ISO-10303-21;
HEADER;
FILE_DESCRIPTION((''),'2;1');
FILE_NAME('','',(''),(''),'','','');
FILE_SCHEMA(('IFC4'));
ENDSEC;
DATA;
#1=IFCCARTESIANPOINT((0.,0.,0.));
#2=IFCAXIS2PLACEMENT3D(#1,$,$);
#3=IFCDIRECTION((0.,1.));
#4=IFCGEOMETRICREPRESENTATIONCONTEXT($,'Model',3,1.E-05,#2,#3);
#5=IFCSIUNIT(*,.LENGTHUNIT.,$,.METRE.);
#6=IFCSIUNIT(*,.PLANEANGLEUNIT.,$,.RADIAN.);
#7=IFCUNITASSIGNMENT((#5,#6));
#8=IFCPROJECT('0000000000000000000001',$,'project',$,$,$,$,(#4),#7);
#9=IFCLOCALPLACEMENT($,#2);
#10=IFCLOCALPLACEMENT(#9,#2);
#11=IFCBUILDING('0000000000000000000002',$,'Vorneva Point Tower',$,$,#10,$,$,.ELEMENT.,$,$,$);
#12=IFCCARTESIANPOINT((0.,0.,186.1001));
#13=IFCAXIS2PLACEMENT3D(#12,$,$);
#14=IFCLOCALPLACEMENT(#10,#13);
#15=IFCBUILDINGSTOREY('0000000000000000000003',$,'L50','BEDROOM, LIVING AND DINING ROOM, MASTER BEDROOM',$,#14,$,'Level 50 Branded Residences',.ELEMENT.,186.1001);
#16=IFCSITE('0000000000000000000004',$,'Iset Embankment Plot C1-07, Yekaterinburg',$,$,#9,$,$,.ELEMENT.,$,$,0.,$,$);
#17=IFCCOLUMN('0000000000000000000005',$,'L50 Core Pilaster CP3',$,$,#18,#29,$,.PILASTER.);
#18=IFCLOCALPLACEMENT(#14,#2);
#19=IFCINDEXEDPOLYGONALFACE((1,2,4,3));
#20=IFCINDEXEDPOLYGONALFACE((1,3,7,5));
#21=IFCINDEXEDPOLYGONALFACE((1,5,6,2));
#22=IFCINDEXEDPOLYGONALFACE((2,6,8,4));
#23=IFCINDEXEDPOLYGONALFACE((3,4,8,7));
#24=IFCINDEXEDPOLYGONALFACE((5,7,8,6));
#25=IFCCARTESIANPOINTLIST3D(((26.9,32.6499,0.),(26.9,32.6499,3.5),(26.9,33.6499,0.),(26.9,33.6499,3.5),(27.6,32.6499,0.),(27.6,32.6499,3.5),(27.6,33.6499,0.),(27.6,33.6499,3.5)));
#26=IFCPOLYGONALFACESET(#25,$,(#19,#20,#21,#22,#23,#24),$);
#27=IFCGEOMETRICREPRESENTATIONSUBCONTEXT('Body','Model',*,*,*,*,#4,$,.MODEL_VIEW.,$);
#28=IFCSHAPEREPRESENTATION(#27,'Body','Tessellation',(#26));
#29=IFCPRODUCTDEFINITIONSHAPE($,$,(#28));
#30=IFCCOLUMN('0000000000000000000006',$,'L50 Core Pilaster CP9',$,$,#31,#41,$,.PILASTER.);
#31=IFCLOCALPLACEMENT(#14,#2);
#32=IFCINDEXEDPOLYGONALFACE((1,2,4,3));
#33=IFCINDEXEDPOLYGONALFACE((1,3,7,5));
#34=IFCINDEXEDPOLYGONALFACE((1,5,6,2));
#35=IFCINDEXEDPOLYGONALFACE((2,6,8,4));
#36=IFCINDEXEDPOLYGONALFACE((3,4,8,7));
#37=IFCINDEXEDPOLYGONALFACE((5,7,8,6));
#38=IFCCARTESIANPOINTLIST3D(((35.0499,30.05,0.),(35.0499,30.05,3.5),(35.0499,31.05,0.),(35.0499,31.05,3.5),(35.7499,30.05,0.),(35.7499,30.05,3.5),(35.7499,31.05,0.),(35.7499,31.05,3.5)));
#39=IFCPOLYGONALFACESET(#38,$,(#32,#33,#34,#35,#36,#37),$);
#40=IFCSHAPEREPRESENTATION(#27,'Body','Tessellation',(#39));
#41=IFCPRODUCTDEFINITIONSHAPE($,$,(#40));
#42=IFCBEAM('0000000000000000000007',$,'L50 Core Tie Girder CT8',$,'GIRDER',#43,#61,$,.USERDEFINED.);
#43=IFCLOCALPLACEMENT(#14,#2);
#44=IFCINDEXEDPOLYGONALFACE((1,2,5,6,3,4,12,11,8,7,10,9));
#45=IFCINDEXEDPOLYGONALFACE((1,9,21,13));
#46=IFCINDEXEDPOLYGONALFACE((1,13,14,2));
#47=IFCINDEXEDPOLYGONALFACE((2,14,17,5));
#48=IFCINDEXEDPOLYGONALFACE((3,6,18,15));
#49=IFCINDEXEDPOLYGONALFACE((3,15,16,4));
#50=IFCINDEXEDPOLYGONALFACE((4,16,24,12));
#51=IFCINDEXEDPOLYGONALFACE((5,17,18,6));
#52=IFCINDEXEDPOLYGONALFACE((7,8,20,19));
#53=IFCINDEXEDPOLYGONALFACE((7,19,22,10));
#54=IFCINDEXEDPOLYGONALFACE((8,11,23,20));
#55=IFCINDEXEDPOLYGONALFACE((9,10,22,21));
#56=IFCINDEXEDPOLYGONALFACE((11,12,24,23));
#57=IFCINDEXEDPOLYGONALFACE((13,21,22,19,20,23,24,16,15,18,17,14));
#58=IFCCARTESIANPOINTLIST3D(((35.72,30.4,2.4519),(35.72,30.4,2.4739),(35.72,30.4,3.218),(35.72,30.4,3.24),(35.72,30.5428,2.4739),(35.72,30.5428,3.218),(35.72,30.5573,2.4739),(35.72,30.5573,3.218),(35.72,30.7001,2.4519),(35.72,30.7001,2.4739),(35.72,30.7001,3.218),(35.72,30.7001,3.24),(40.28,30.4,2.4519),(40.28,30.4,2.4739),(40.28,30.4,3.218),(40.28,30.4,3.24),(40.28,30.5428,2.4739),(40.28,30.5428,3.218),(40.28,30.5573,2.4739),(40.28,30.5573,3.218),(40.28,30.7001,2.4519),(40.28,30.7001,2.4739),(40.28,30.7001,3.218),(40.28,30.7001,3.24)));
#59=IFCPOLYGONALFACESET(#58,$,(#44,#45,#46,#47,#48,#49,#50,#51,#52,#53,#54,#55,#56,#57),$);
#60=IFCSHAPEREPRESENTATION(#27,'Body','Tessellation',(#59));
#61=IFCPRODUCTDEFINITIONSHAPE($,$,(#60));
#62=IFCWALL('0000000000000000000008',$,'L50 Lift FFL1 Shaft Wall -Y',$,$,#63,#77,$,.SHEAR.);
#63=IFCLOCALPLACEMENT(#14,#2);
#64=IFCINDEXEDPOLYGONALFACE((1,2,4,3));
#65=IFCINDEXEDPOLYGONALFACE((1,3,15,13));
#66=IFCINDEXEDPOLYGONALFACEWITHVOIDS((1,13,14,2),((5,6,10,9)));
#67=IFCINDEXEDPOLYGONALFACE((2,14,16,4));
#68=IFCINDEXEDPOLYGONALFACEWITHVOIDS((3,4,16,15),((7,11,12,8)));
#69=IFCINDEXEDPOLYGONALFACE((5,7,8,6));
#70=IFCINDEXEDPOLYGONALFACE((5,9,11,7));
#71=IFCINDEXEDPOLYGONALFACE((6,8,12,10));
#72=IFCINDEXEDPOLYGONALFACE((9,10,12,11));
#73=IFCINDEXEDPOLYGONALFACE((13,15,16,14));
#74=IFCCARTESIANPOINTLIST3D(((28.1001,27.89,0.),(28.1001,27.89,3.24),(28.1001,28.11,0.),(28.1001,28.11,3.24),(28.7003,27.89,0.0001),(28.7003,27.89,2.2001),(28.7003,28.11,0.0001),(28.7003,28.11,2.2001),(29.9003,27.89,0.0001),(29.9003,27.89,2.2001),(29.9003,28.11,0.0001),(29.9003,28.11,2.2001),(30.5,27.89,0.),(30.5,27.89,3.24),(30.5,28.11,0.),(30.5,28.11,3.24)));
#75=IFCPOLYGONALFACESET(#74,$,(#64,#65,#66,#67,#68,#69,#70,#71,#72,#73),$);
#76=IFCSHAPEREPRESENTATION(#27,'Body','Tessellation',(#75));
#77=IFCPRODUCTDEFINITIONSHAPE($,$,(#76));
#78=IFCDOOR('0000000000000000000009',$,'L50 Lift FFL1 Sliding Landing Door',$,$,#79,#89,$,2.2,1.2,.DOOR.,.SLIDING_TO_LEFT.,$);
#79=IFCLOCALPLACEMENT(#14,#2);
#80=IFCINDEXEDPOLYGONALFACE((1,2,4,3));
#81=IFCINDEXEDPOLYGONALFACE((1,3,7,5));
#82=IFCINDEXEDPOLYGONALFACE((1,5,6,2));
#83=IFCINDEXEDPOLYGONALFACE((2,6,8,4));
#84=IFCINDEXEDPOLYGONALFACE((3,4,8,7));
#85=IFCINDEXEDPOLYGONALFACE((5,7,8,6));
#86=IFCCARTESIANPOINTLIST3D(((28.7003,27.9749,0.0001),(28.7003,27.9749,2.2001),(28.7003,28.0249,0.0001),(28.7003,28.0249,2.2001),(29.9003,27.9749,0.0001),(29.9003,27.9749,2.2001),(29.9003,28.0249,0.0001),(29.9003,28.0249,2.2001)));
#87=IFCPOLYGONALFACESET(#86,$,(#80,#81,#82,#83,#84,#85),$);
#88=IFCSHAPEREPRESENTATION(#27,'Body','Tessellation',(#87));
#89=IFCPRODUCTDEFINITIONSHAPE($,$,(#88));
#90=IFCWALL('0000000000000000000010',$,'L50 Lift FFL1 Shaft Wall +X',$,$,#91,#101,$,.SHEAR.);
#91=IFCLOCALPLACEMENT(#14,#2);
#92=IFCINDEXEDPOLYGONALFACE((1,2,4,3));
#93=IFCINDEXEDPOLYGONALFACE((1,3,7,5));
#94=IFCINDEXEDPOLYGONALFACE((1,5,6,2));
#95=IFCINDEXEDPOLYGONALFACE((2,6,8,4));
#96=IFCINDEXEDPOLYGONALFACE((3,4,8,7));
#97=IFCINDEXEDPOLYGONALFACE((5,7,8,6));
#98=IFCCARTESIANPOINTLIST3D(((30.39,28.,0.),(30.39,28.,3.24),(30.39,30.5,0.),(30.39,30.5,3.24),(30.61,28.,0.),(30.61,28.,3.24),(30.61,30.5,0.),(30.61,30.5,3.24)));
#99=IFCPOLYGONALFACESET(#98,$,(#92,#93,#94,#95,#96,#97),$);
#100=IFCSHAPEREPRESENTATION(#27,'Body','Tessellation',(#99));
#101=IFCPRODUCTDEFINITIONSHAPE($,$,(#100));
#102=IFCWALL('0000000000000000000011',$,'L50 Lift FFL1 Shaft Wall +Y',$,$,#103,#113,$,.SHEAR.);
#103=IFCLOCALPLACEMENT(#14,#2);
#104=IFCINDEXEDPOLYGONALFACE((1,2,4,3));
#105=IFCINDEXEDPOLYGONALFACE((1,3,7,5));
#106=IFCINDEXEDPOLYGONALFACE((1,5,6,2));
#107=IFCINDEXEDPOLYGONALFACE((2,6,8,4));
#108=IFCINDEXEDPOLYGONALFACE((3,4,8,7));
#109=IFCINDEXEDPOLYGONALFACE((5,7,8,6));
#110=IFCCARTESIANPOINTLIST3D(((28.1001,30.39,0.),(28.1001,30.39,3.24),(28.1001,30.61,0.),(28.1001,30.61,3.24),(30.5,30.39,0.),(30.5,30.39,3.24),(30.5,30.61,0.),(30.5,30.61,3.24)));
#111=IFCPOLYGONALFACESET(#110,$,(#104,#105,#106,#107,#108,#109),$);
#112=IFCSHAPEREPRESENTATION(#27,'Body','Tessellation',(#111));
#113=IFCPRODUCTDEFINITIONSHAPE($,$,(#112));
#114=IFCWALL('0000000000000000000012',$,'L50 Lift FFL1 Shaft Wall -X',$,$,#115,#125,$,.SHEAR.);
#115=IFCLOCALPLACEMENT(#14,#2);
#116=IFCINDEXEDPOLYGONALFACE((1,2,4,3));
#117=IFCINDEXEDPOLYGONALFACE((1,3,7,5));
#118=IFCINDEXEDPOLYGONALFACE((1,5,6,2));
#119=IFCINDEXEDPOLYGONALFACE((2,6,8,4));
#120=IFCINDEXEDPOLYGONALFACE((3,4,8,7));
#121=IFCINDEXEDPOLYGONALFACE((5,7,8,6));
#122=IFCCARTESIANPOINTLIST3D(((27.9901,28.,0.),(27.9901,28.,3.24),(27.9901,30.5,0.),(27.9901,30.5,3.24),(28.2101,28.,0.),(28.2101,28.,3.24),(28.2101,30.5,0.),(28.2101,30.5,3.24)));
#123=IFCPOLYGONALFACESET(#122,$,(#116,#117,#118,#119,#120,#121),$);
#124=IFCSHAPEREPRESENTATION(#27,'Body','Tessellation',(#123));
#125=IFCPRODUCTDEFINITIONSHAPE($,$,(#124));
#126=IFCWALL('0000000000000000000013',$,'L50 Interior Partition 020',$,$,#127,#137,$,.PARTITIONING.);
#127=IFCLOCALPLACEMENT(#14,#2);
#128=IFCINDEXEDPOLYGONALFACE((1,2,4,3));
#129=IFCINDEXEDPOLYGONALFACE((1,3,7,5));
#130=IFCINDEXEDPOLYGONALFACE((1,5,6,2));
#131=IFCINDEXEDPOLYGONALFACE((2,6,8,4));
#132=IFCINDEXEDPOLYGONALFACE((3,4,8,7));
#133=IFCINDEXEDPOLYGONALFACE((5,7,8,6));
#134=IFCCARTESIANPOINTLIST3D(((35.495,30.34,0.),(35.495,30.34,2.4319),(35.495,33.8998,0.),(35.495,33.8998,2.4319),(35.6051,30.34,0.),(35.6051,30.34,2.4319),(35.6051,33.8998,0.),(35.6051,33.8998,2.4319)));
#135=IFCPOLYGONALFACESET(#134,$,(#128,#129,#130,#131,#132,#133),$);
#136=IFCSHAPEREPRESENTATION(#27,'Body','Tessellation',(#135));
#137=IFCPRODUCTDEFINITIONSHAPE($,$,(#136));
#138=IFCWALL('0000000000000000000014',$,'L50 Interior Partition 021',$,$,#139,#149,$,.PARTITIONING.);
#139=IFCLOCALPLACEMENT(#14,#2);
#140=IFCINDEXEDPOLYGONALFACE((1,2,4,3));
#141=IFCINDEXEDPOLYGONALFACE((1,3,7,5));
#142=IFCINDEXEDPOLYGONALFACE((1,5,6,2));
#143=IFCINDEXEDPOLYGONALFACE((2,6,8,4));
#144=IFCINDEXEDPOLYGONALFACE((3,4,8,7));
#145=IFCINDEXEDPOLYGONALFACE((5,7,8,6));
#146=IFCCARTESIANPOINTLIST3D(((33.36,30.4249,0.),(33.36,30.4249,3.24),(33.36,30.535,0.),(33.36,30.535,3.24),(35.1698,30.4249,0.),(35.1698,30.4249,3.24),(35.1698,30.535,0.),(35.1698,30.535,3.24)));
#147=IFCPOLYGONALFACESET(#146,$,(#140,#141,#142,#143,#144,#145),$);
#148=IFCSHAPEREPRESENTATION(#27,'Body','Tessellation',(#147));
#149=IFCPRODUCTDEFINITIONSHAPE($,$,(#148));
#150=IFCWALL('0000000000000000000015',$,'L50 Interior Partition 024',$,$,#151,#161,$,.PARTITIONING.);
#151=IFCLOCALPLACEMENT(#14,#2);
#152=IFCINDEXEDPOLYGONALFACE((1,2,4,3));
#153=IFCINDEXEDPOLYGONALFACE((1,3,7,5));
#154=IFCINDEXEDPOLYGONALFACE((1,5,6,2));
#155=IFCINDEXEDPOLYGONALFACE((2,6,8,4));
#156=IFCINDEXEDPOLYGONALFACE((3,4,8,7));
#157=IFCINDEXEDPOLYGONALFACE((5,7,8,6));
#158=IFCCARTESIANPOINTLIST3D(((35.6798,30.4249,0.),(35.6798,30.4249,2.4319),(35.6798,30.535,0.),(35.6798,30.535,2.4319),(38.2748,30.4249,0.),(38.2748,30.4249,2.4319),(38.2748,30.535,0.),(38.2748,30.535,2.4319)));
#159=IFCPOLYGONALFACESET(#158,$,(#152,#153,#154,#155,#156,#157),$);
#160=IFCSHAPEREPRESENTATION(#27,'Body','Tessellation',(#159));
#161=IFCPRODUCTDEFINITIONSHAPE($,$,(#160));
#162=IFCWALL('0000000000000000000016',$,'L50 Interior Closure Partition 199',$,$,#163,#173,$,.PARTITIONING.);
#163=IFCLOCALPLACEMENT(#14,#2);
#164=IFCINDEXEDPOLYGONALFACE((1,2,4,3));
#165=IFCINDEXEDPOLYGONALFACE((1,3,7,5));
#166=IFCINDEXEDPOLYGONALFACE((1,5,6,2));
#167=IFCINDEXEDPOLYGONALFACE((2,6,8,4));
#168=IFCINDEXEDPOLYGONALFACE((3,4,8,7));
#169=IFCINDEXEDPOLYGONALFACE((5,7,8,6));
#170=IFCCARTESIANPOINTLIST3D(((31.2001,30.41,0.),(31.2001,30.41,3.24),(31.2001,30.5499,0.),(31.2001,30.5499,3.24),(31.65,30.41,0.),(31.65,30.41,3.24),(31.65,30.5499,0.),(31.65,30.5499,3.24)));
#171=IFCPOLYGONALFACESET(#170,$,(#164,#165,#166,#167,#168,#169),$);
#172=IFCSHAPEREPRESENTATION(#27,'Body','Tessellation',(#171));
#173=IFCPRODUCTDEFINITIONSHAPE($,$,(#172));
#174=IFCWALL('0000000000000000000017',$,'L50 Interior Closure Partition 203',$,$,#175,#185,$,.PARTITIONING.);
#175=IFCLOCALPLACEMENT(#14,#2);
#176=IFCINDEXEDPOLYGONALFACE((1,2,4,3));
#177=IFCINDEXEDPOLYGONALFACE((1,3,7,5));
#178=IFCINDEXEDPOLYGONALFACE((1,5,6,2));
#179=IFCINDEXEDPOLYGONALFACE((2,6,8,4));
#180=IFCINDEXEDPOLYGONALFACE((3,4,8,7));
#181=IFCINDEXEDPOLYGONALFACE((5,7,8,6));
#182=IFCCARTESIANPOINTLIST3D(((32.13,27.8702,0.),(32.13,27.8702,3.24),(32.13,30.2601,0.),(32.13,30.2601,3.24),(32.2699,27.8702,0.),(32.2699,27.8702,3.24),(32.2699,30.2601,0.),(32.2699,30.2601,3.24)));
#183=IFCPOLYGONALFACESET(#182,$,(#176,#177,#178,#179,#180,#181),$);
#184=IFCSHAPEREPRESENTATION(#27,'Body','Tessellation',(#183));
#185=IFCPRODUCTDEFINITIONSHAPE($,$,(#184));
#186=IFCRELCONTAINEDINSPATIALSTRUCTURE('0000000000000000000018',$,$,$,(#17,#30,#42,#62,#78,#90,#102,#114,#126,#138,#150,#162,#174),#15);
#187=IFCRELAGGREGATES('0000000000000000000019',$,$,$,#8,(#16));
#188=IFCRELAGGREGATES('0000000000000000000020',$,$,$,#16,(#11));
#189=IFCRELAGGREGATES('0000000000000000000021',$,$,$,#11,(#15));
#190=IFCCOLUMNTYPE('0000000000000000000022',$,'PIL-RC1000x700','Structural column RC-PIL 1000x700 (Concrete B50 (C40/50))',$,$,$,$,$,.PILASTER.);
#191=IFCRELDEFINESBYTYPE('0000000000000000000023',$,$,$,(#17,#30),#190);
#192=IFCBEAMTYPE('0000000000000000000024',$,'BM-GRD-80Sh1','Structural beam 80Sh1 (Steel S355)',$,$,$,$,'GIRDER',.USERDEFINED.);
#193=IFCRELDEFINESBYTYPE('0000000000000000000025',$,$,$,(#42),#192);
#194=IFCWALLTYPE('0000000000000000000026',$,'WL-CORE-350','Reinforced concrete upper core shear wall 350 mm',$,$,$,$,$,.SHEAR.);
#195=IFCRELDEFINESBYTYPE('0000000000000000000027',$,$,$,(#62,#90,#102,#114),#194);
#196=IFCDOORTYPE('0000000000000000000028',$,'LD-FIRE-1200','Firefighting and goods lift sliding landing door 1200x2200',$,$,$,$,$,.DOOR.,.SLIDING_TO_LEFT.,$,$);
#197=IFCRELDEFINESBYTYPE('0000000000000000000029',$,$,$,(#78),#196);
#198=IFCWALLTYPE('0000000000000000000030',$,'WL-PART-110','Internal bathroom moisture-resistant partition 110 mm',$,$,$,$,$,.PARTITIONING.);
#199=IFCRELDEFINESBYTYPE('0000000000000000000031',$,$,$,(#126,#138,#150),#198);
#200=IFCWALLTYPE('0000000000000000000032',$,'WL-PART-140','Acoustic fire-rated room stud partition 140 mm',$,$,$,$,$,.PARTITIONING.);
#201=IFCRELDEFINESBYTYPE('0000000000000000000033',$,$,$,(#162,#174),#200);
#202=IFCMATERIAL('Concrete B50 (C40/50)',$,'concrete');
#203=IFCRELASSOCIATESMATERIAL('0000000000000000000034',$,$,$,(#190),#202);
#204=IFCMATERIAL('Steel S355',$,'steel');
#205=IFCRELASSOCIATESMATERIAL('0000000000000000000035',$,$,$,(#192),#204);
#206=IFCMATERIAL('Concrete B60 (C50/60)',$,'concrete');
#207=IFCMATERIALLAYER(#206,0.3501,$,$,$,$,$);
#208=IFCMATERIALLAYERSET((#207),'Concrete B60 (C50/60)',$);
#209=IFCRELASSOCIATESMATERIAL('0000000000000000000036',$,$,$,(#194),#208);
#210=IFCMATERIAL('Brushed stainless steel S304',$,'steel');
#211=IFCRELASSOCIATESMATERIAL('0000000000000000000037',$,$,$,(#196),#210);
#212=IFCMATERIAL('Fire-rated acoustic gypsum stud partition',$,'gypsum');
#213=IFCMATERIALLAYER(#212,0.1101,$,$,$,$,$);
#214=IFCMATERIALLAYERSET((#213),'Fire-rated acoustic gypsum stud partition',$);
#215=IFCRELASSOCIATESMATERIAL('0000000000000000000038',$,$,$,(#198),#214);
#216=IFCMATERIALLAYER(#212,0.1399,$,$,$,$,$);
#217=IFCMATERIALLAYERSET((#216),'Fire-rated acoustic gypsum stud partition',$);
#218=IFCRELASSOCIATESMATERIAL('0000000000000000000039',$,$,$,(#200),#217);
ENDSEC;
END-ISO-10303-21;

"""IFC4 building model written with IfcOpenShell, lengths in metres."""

from ifc_helpers import new_model, si_unit, direction, frame, frame_2d, origin, origin_2d, place, context, subcontext, project, spatial, rectangle, i_section, extrude, material, layer, layer_set, material_profile, profile_set, type_object, element, fill, save


model = new_model("IFC4")

# Units and contexts
model_context = context("Model", 3, precision=1e-05, world=origin(), true_north=direction((0.0, 1.0)))
body_context = subcontext(model_context, "Body", "Model", "MODEL_VIEW")
ifc_project = project(units=[si_unit("LENGTHUNIT", "METRE"), si_unit("PLANEANGLEUNIT", "RADIAN")], contexts=[model_context])

# Site, building, storey
site_placement = place(None, origin())
site = spatial("IfcSite", under=ifc_project, at=site_placement, Name="Iset Embankment Plot C1-07, Yekaterinburg", CompositionType="ELEMENT", RefElevation=0.0)
building_placement = place(site_placement, origin())
building = spatial("IfcBuilding", under=site, at=building_placement, Name="Vorneva Point Tower", CompositionType="ELEMENT")
storey_placement = place(building_placement, frame((0.0, 0.0, 186.1001)))
storey = spatial("IfcBuildingStorey", under=building, at=storey_placement, Name="L50", Description="BEDROOM, LIVING AND DINING ROOM, MASTER BEDROOM", LongName="Level 50 Branded Residences", CompositionType="ELEMENT", Elevation=186.1001)

# Columns
ifc_material_1 = material(Name="Concrete B50 (C40/50)", Category="concrete")
ifc_material_profile_1 = material_profile(ifc_material_1, rectangle(XDim=0.7, YDim=1.0, at=origin_2d()), Name="RC-PIL 1000x700")
ifc_profile_set_1 = profile_set([ifc_material_profile_1], Name="Concrete B50 (C40/50)")
column_type = type_object("IfcColumnType", Name="PIL-RC1000x700", Description="Structural column RC-PIL 1000x700 (Concrete B50 (C40/50))", PredefinedType="PILASTER", material=ifc_profile_set_1)
for number, where, z_axis, x_axis, name in (
    (1, (27.25, 33.1499, 0.0), (0.0, 0.0, 1.0), (1.0, 0.0, 0.0), "L50 Core Pilaster CP3"),
    (2, (35.3999, 30.55, 0.0), (0.0, 0.0, 1.0), (1.0, 0.0, 0.0), "L50 Core Pilaster CP9"),
):
    element("IfcColumn", number, at=place(storey_placement, frame(where, z_axis=z_axis, x_axis=x_axis)), inside=storey, type_object=column_type, Name=name, PredefinedType="PILASTER", context=body_context, shape_type="SweptSolid", body=[
        extrude(rectangle(XDim=0.7, YDim=1.0, at=origin_2d()), origin(), (0.0, 0.0, 1.0), 3.5),
    ])

# Beam
ifc_material_2 = material(Name="Steel S355", Category="steel")
ifc_material_profile_2 = material_profile(ifc_material_2, i_section(OverallWidth=0.3, OverallDepth=0.7881, WebThickness=0.0144, FlangeThickness=0.022, at=origin_2d()), Name="80Sh1")
ifc_profile_set_2 = profile_set([ifc_material_profile_2], Name="Steel S355")
beam_type = type_object("IfcBeamType", Name="BM-GRD-80Sh1", Description="Structural beam 80Sh1 (Steel S355)", ElementType="GIRDER", PredefinedType="USERDEFINED", material=ifc_profile_set_2)
beam_placement = place(storey_placement, frame((35.72, 30.55, 2.8459), z_axis=(1.0, 0.0, 0.0), x_axis=(0.0, 1.0, 0.0)))
element("IfcBeam", 3, at=beam_placement, inside=storey, type_object=beam_type, Name="L50 Core Tie Girder CT8", ObjectType="GIRDER", PredefinedType="USERDEFINED", context=body_context, shape_type="SweptSolid", body=[
    extrude(i_section(OverallWidth=0.3, OverallDepth=0.7881, WebThickness=0.0144, FlangeThickness=0.022, at=origin_2d()), origin(), (0.0, 0.0, 1.0), 4.5601),
])

# Wall, opening, door
ifc_material_3 = material(Name="Concrete B60 (C50/60)", Category="concrete")
ifc_layer_1 = layer(ifc_material_3, 0.3501)
ifc_layer_set_1 = layer_set([ifc_layer_1], Name="Concrete B60 (C50/60)")
wall_type_1 = type_object("IfcWallType", Name="WL-CORE-350", Description="Reinforced concrete upper core shear wall 350 mm", PredefinedType="SHEAR", material=ifc_layer_set_1)
wall_1_placement = place(storey_placement, frame((28.1001, 28.0, 0.0), z_axis=(0.0, 0.0, 1.0), x_axis=(1.0, 0.0, 0.0)))
wall_1 = element("IfcWall", 4, at=wall_1_placement, inside=storey, type_object=wall_type_1, Name="L50 Lift FFL1 Shaft Wall -Y", PredefinedType="SHEAR", context=body_context, shape_type="SweptSolid", body=[
    extrude(rectangle(XDim=2.3999, YDim=0.22, at=frame_2d((1.2, 0.0))), origin(), (0.0, 0.0, 1.0), 3.24),
])
opening_1_placement = place(wall_1_placement, frame((0.6001, 0.0, 0.0)))
opening_1 = element("IfcOpeningElement", 5, at=opening_1_placement, cuts=wall_1, PredefinedType="OPENING", context=body_context, shape_type="SweptSolid", body=[
    extrude(rectangle(XDim=1.2, YDim=2.2, at=frame_2d((0.6001, 1.1001))), frame((0.0, 0.125, 0.0), z_axis=(0.0, -1.0, 0.0), x_axis=(1.0, 0.0, 0.0)), (0.0, 0.0, 1.0), 0.2498),
])
ifc_material_4 = material(Name="Brushed stainless steel S304", Category="steel")
door_type_1 = type_object("IfcDoorType", Name="LD-FIRE-1200", Description="Firefighting and goods lift sliding landing door 1200x2200", OperationType="SLIDING_TO_LEFT", PredefinedType="DOOR", material=ifc_material_4)
door_1_placement = place(opening_1_placement, origin())
door_1 = element("IfcDoor", 6, at=door_1_placement, inside=storey, type_object=door_type_1, Name="L50 Lift FFL1 Sliding Landing Door", OperationType="SLIDING_TO_LEFT", OverallHeight=2.2, OverallWidth=1.2, PredefinedType="DOOR", context=body_context, shape_type="SweptSolid", body=[
    extrude(rectangle(XDim=1.2, YDim=2.2, at=frame_2d((0.6001, 1.1001))), frame((0.0, 0.0249, 0.0), z_axis=(0.0, -1.0, 0.0), x_axis=(1.0, 0.0, 0.0)), (0.0, 0.0, 1.0), 0.05),
])
fill(opening_1, door_1)

# Walls
wall_2_placement = place(storey_placement, frame((30.5, 28.0, 0.0), z_axis=(0.0, 0.0, 1.0), x_axis=(0.0, 1.0, 0.0)))
element("IfcWall", 7, at=wall_2_placement, inside=storey, type_object=wall_type_1, Name="L50 Lift FFL1 Shaft Wall +X", PredefinedType="SHEAR", context=body_context, shape_type="SweptSolid", body=[
    extrude(rectangle(XDim=2.5, YDim=0.22, at=frame_2d((1.25, 0.0))), origin(), (0.0, 0.0, 1.0), 3.24),
])
wall_3_placement = place(storey_placement, frame((30.5, 30.5, 0.0), z_axis=(0.0, 0.0, 1.0), x_axis=(-1.0, 0.0, 0.0)))
element("IfcWall", 8, at=wall_3_placement, inside=storey, type_object=wall_type_1, Name="L50 Lift FFL1 Shaft Wall +Y", PredefinedType="SHEAR", context=body_context, shape_type="SweptSolid", body=[
    extrude(rectangle(XDim=2.3999, YDim=0.22, at=frame_2d((1.2, 0.0))), origin(), (0.0, 0.0, 1.0), 3.24),
])
wall_4_placement = place(storey_placement, frame((28.1001, 30.5, 0.0), z_axis=(0.0, 0.0, 1.0), x_axis=(0.0, -1.0, 0.0)))
element("IfcWall", 9, at=wall_4_placement, inside=storey, type_object=wall_type_1, Name="L50 Lift FFL1 Shaft Wall -X", PredefinedType="SHEAR", context=body_context, shape_type="SweptSolid", body=[
    extrude(rectangle(XDim=2.5, YDim=0.22, at=frame_2d((1.25, 0.0))), origin(), (0.0, 0.0, 1.0), 3.24),
])
ifc_material_5 = material(Name="Fire-rated acoustic gypsum stud partition", Category="gypsum")
ifc_layer_2 = layer(ifc_material_5, 0.1101)
ifc_layer_set_2 = layer_set([ifc_layer_2], Name="Fire-rated acoustic gypsum stud partition")
wall_type_2 = type_object("IfcWallType", Name="WL-PART-110", Description="Internal bathroom moisture-resistant partition 110 mm", PredefinedType="PARTITIONING", material=ifc_layer_set_2)
wall_5_placement = place(storey_placement, frame((35.55, 30.3401, 0.0), z_axis=(0.0, 0.0, 1.0), x_axis=(0.0, 1.0, 0.0)))
element("IfcWall", 10, at=wall_5_placement, inside=storey, type_object=wall_type_2, Name="L50 Interior Partition 020", PredefinedType="PARTITIONING", context=body_context, shape_type="SweptSolid", body=[
    extrude(rectangle(XDim=3.5598, YDim=0.1101, at=frame_2d((1.7798, 0.0))), origin(), (0.0, 0.0, 1.0), 2.4319),
])
wall_6_placement = place(storey_placement, frame((33.3601, 30.48, 0.0), z_axis=(0.0, 0.0, 1.0), x_axis=(1.0, 0.0, 0.0)))
element("IfcWall", 11, at=wall_6_placement, inside=storey, type_object=wall_type_2, Name="L50 Interior Partition 021", PredefinedType="PARTITIONING", context=body_context, shape_type="SweptSolid", body=[
    extrude(rectangle(XDim=1.8098, YDim=0.1101, at=frame_2d((0.9048, 0.0))), origin(), (0.0, 0.0, 1.0), 3.24),
])
wall_7_placement = place(storey_placement, frame((35.6799, 30.48, 0.0), z_axis=(0.0, 0.0, 1.0), x_axis=(1.0, 0.0, 0.0)))
element("IfcWall", 12, at=wall_7_placement, inside=storey, type_object=wall_type_2, Name="L50 Interior Partition 024", PredefinedType="PARTITIONING", context=body_context, shape_type="SweptSolid", body=[
    extrude(rectangle(XDim=2.595, YDim=0.1101, at=frame_2d((1.2974, 0.0))), origin(), (0.0, 0.0, 1.0), 2.4319),
])
ifc_layer_3 = layer(ifc_material_5, 0.1399)
ifc_layer_set_3 = layer_set([ifc_layer_3], Name="Fire-rated acoustic gypsum stud partition")
wall_type_3 = type_object("IfcWallType", Name="WL-PART-140", Description="Acoustic fire-rated room stud partition 140 mm", PredefinedType="PARTITIONING", material=ifc_layer_set_3)
wall_8_placement = place(storey_placement, frame((31.2, 30.48, 0.0), z_axis=(0.0, 0.0, 1.0), x_axis=(1.0, 0.0, 0.0)))
element("IfcWall", 13, at=wall_8_placement, inside=storey, type_object=wall_type_3, Name="L50 Interior Closure Partition 199", PredefinedType="PARTITIONING", context=body_context, shape_type="SweptSolid", body=[
    extrude(rectangle(XDim=0.45, YDim=0.1399, at=frame_2d((0.2251, 0.0))), origin(), (0.0, 0.0, 1.0), 3.24),
])
for number, where, z_axis, x_axis, name in (
    (14, (32.2, 30.26, 0.0), (0.0, 0.0, 1.0), (0.0, -1.0, 0.0), "L50 Interior Closure Partition 203"),
):
    element("IfcWall", number, at=place(storey_placement, frame(where, z_axis=z_axis, x_axis=x_axis)), inside=storey, type_object=wall_type_3, Name=name, PredefinedType="PARTITIONING", context=body_context, shape_type="SweptSolid", body=[
        extrude(rectangle(XDim=2.3899, YDim=0.1399, at=frame_2d((1.1948, 0.0))), origin(), (0.0, 0.0, 1.0), 3.24),
    ])

save(model, "model.ifc")
